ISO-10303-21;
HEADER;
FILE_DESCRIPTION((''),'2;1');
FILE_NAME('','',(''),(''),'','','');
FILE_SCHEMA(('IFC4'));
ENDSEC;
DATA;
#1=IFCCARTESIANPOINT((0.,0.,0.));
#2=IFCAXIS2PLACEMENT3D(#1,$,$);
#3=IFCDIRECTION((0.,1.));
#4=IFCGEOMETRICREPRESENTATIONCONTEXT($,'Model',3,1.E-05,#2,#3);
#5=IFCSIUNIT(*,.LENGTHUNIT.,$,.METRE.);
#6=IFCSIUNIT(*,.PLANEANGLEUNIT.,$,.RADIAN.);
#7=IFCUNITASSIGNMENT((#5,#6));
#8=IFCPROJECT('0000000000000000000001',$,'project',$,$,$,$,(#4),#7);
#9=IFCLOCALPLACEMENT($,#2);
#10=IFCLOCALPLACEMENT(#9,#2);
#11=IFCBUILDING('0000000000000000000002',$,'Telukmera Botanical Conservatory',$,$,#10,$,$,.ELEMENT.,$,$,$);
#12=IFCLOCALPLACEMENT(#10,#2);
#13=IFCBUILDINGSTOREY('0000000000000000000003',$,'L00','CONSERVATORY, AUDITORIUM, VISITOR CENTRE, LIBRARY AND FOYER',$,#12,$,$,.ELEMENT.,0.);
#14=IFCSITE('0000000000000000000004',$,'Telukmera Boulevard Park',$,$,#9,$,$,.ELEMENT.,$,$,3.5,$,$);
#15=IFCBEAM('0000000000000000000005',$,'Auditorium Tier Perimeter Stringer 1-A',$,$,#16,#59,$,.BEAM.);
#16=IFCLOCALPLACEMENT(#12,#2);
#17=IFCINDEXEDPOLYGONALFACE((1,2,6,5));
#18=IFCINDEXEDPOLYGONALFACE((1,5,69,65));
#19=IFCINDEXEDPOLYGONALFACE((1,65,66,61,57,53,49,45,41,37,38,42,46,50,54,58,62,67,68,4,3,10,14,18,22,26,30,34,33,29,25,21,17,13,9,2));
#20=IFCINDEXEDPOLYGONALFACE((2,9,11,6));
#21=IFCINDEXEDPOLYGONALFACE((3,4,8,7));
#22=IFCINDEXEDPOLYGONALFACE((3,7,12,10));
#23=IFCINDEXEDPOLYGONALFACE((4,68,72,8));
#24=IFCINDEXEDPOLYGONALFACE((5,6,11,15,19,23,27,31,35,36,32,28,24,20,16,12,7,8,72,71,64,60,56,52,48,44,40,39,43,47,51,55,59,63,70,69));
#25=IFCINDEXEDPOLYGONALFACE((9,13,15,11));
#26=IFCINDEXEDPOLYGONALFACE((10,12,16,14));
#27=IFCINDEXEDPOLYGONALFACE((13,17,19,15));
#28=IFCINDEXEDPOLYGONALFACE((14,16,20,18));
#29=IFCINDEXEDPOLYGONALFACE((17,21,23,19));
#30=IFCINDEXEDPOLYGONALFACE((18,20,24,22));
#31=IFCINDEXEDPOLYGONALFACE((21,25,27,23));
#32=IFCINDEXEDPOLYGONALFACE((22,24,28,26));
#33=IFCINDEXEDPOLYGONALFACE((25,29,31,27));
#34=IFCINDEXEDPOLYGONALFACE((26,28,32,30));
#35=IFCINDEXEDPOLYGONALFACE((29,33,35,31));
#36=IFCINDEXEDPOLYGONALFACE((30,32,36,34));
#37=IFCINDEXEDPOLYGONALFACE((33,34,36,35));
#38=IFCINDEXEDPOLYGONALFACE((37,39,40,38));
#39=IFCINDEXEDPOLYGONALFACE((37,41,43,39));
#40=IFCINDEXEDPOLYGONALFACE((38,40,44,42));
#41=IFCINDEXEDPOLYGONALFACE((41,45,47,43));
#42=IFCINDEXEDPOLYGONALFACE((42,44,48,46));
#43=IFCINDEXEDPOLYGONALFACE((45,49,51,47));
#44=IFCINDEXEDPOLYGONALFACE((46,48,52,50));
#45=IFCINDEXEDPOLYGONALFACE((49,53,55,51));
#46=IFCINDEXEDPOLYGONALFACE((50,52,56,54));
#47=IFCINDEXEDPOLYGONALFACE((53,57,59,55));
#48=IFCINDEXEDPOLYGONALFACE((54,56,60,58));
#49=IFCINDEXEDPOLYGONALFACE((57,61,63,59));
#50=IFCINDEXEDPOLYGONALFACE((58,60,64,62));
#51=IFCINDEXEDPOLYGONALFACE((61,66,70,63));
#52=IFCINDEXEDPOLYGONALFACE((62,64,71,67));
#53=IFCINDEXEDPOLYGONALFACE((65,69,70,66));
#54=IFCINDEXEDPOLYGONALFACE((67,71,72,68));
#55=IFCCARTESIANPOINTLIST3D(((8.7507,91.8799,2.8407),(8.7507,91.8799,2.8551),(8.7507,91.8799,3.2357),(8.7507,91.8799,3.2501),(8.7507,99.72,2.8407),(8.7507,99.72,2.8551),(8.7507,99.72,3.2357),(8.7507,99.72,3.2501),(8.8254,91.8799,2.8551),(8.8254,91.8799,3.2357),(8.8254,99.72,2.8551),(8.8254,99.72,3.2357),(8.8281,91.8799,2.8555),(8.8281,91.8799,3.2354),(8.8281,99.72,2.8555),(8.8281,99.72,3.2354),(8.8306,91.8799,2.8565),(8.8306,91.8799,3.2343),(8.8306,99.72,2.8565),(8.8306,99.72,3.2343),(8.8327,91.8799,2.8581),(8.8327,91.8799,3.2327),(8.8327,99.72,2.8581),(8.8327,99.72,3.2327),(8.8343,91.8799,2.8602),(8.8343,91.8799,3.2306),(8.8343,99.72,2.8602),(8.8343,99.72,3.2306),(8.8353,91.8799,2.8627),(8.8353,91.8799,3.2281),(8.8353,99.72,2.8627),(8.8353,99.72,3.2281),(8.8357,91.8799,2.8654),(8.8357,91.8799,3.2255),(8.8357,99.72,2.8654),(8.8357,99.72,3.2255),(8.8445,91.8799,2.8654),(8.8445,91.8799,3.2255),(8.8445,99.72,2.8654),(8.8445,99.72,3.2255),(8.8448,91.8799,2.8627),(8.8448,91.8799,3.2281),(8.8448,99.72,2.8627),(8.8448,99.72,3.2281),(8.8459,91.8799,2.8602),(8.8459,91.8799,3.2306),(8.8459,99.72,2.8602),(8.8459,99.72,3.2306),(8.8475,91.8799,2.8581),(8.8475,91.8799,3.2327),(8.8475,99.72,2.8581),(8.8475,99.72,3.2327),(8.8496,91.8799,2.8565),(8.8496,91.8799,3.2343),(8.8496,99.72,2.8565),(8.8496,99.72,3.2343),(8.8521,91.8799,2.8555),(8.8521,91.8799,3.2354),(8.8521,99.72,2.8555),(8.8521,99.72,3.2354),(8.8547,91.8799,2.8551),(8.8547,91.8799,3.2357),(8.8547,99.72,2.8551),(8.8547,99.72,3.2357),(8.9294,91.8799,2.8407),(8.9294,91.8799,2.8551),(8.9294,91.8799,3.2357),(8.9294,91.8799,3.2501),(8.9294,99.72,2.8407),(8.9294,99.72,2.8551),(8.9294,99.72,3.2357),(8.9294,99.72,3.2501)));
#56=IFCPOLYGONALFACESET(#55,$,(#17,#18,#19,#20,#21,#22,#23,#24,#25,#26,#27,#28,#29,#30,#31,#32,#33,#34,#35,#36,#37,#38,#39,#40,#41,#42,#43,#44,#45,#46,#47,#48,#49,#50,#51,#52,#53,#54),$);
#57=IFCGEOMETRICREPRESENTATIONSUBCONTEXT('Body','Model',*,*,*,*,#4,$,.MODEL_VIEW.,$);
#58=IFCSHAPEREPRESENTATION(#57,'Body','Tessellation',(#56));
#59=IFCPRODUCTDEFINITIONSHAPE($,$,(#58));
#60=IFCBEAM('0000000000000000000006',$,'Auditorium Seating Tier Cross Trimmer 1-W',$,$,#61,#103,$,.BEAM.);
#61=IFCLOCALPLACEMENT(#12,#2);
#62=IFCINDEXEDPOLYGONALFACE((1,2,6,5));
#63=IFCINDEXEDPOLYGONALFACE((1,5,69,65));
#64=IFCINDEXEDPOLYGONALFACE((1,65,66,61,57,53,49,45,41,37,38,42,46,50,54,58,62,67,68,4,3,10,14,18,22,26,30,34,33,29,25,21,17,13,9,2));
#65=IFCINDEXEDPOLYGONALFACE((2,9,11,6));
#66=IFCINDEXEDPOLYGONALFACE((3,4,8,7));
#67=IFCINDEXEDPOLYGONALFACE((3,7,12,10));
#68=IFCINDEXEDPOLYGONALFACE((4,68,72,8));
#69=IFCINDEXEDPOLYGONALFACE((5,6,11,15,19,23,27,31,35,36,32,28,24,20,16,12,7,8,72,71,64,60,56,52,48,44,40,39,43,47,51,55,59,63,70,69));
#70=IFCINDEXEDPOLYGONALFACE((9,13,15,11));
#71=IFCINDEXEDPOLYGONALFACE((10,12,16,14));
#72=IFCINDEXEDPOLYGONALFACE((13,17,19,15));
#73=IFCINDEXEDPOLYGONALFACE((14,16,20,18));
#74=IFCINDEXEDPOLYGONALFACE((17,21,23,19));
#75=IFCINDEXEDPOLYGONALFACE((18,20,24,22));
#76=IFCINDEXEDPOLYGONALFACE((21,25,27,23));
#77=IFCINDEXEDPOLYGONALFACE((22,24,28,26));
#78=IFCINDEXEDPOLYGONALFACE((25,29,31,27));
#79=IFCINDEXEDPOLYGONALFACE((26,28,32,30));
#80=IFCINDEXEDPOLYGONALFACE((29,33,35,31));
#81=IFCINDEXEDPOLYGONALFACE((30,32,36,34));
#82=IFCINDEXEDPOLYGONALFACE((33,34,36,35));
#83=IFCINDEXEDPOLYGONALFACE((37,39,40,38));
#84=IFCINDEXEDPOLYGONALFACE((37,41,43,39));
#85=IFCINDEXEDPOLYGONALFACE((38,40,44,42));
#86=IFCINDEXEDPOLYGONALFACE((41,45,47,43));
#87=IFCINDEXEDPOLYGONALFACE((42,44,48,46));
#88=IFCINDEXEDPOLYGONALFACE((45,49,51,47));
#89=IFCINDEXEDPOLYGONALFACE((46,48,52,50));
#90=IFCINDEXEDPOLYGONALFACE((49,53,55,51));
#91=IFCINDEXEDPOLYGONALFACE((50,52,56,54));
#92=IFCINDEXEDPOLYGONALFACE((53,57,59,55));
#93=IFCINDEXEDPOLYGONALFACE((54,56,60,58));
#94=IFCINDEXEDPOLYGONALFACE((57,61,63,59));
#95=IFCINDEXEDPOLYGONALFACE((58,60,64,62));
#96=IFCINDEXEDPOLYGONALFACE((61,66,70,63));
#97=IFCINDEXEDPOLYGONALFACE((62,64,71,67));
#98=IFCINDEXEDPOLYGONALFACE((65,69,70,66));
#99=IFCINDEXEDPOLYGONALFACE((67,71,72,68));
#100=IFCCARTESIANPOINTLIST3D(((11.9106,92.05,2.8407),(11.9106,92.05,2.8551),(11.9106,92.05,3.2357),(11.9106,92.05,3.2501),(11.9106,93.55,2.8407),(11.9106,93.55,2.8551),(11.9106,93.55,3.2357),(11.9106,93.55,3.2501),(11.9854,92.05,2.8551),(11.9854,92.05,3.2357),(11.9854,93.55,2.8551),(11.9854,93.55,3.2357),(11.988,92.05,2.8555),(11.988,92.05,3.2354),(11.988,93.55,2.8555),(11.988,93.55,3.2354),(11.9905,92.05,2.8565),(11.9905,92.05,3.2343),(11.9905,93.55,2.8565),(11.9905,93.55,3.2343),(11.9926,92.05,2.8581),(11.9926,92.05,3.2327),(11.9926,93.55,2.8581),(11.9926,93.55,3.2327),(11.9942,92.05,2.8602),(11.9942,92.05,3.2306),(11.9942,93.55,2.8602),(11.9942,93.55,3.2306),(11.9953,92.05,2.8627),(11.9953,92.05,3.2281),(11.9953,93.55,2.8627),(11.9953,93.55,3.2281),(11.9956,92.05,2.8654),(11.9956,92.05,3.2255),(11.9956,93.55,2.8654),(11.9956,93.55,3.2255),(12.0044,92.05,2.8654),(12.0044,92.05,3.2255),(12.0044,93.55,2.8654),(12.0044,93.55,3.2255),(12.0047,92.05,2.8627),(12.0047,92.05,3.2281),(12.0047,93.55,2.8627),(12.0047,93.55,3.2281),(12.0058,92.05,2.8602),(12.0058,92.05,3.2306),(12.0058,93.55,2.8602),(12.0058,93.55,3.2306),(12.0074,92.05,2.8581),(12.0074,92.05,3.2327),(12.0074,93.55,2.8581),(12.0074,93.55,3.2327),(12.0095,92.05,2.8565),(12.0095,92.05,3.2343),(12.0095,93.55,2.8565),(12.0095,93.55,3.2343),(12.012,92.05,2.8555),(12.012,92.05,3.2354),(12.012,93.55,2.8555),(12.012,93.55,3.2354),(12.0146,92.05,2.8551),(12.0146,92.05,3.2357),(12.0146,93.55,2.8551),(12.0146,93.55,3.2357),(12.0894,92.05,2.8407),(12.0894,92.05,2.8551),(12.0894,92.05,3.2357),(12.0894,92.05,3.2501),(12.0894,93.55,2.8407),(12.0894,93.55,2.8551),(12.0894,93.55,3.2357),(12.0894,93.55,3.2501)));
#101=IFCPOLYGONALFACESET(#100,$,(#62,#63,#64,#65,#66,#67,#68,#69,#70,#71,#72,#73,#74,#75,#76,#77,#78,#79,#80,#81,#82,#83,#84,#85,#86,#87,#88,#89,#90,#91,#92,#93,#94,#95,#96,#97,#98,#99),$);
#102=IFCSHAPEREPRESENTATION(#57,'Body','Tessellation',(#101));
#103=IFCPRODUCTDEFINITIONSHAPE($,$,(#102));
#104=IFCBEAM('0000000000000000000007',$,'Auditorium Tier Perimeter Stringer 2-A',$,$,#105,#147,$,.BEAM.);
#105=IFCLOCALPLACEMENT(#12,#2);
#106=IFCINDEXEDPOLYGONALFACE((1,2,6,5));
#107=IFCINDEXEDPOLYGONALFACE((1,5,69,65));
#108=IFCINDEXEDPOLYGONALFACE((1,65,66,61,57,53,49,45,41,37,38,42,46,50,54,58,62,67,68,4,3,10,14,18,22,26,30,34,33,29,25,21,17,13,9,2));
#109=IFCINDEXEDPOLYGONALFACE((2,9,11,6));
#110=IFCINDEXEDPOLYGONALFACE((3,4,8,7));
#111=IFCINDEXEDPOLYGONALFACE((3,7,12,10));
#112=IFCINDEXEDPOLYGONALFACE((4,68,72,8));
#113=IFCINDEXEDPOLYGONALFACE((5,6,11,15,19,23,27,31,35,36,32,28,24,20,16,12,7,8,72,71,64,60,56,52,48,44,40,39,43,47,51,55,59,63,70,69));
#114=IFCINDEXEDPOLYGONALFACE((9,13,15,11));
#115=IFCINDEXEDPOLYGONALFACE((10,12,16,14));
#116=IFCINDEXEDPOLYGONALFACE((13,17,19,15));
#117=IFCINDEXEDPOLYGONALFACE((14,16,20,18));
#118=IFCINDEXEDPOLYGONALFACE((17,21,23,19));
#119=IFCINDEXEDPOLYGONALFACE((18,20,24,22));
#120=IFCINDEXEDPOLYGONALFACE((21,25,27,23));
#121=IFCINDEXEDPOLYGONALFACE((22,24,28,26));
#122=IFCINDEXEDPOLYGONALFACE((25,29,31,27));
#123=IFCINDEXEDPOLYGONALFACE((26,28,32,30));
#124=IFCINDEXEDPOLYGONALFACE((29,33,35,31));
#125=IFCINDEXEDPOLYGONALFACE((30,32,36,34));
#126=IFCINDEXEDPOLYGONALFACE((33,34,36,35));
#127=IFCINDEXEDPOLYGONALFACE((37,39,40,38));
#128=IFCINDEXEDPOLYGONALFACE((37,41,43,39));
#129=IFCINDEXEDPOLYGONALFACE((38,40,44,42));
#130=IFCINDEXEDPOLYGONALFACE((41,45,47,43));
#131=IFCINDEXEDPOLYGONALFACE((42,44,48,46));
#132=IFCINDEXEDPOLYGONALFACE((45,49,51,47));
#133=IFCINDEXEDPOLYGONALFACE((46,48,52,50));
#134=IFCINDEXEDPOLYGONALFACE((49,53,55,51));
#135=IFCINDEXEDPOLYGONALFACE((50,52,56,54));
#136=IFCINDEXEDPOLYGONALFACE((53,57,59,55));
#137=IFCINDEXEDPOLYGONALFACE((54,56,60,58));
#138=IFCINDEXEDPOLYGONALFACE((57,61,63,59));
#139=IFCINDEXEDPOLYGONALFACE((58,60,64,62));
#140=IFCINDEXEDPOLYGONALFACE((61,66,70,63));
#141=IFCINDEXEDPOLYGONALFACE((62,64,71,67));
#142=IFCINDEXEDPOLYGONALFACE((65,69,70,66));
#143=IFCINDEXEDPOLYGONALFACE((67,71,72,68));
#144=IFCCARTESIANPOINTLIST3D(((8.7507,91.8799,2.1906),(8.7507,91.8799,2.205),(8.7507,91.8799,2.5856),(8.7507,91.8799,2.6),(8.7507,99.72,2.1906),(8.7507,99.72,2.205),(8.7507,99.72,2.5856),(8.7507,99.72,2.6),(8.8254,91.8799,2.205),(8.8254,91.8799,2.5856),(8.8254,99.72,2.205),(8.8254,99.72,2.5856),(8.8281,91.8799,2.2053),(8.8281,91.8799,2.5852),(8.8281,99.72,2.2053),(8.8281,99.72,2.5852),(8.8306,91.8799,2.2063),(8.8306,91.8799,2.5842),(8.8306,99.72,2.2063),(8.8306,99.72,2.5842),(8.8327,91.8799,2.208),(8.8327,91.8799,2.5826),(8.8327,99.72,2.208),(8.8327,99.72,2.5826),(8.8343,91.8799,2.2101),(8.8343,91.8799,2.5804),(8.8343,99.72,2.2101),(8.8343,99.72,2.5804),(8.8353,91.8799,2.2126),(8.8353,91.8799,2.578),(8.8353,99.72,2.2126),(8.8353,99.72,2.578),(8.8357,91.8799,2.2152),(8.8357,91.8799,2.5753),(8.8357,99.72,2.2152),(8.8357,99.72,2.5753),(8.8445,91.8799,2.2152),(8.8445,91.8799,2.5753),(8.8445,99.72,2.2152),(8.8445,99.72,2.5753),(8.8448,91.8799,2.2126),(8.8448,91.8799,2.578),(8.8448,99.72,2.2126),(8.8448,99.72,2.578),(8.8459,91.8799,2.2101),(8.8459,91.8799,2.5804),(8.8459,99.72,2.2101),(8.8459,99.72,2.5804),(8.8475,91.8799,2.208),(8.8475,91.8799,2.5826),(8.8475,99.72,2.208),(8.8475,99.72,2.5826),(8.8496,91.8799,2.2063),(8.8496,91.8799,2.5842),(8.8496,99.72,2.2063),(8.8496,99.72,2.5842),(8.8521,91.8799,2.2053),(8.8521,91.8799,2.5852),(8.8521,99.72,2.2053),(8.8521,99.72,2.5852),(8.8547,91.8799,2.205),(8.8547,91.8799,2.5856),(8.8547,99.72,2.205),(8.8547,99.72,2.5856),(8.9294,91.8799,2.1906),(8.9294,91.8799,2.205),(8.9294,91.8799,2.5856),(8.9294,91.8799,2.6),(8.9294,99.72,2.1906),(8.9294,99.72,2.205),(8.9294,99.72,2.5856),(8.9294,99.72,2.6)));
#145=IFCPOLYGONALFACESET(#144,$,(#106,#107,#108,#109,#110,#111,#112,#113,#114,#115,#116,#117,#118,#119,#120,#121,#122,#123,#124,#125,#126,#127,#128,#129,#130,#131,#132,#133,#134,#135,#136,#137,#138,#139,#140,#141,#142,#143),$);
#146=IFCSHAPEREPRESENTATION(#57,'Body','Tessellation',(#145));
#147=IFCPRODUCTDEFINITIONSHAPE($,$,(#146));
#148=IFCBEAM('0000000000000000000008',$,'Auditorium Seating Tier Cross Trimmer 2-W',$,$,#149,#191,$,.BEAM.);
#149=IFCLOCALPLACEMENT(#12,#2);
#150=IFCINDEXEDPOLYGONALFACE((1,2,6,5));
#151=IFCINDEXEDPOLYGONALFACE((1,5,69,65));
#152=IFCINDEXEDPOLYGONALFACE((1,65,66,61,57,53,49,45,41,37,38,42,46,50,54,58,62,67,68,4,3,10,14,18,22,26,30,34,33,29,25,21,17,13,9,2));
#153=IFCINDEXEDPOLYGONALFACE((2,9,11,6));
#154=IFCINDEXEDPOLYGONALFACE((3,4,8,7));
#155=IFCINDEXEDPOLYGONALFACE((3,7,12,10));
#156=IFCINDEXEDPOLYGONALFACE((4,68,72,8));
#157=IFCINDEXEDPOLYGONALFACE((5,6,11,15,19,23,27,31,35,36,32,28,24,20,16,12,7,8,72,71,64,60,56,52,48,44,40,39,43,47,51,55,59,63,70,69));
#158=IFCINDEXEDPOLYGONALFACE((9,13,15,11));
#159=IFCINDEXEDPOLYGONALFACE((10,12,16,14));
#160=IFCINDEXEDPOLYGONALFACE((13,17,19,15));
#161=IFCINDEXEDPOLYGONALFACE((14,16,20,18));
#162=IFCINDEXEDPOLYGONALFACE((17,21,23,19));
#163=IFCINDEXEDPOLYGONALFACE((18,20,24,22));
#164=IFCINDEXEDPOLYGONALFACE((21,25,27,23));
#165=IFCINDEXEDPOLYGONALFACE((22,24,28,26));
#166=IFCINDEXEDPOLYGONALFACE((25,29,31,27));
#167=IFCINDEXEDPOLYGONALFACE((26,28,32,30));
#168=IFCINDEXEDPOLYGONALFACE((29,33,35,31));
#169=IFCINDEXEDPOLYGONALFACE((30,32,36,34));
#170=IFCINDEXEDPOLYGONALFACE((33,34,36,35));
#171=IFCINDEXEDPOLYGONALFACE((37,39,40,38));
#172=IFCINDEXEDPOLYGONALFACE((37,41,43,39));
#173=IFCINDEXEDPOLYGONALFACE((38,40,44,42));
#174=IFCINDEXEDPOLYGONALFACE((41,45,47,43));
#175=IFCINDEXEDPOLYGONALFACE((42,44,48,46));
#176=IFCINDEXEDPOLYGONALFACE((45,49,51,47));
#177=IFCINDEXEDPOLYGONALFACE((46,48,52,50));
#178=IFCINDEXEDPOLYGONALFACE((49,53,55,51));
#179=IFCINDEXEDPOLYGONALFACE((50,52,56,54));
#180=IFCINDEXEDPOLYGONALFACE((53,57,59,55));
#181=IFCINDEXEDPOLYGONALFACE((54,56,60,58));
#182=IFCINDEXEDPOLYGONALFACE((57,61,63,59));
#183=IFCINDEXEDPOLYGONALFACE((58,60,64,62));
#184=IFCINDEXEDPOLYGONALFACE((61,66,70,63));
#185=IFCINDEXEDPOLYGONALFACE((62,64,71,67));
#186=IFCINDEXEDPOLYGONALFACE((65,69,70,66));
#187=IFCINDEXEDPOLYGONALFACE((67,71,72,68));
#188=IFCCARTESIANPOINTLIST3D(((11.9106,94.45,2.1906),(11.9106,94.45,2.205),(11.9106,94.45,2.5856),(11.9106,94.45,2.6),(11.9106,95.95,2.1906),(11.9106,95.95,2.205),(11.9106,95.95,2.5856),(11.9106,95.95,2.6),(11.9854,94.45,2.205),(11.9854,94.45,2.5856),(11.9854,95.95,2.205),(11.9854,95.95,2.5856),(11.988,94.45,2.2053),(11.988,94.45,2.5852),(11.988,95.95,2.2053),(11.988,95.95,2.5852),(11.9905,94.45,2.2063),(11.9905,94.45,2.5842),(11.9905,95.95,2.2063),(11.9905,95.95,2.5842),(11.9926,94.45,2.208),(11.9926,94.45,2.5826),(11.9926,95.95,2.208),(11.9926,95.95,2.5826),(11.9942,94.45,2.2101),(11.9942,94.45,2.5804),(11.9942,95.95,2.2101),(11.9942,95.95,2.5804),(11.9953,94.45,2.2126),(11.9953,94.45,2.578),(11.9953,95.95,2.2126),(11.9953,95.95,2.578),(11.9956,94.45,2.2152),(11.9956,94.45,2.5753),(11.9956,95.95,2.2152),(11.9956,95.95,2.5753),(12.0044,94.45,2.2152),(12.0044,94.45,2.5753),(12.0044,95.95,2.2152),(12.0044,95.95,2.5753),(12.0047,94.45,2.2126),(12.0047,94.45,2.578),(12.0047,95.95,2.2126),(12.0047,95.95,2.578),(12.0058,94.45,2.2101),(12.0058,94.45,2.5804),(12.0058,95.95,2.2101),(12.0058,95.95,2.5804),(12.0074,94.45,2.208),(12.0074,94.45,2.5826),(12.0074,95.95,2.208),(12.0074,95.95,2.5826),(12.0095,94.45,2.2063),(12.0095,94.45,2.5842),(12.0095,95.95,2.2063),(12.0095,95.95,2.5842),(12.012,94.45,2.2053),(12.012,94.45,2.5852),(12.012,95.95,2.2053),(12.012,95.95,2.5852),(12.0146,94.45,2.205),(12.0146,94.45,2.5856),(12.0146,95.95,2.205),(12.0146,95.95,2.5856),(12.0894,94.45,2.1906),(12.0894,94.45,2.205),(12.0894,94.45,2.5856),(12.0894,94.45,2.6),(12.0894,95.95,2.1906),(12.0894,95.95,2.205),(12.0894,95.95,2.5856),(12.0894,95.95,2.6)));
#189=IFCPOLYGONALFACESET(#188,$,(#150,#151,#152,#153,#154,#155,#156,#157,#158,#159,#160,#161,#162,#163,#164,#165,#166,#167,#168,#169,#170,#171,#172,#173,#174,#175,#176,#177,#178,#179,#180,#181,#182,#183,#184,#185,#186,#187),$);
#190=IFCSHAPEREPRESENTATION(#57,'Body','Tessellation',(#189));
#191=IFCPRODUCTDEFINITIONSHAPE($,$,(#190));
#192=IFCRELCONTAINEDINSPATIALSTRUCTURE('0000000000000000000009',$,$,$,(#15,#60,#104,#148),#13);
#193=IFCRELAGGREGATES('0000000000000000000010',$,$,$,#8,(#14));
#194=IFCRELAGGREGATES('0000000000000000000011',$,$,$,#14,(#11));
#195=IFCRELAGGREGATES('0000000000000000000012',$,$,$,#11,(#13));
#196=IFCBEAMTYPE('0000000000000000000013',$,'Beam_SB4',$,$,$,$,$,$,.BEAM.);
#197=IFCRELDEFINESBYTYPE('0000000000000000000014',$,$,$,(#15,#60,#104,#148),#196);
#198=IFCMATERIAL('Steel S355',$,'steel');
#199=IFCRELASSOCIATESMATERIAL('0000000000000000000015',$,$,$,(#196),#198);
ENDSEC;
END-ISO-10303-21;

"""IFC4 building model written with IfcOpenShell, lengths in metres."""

from ifc_helpers import new_model, si_unit, direction, frame, origin, origin_2d, place, context, subcontext, project, spatial, i_section, extrude, material, material_profile, profile_set, type_object, element, save


model = new_model("IFC4")

# Units and contexts
model_context = context("Model", 3, precision=1e-05, world=origin(), true_north=direction((0.0, 1.0)))
body_context = subcontext(model_context, "Body", "Model", "MODEL_VIEW")
ifc_project = project(units=[si_unit("LENGTHUNIT", "METRE"), si_unit("PLANEANGLEUNIT", "RADIAN")], contexts=[model_context])

# Site, building, storey
site_placement = place(None, origin())
site = spatial("IfcSite", under=ifc_project, at=site_placement, Name="Telukmera Boulevard Park", CompositionType="ELEMENT", RefElevation=3.5)
building_placement = place(site_placement, origin())
building = spatial("IfcBuilding", under=site, at=building_placement, Name="Telukmera Botanical Conservatory", CompositionType="ELEMENT")
storey_placement = place(building_placement, origin())
storey = spatial("IfcBuildingStorey", under=building, at=storey_placement, Name="L00", Description="CONSERVATORY, AUDITORIUM, VISITOR CENTRE, LIBRARY AND FOYER", CompositionType="ELEMENT", Elevation=0.0)

# Beams
ifc_material_1 = material(Name="Steel S355", Category="steel")
ifc_material_profile_1 = material_profile(ifc_material_1, i_section(OverallWidth=0.1787, OverallDepth=0.4094, WebThickness=0.0088, FlangeThickness=0.0144, FilletRadius=0.0103, at=origin_2d()), Name="UB 406x178x67")
ifc_profile_set_1 = profile_set([ifc_material_profile_1], Name="Steel S355")
beam_type_1 = type_object("IfcBeamType", Name="Beam_SB4", PredefinedType="BEAM", material=ifc_profile_set_1)
beam_1_placement = place(storey_placement, frame((8.8401, 91.8799, 3.0454), z_axis=(0.0, 1.0, 0.0), x_axis=(-1.0, 0.0, 0.0)))
element("IfcBeam", 1, at=beam_1_placement, inside=storey, type_object=beam_type_1, Name="Auditorium Tier Perimeter Stringer 1-A", PredefinedType="BEAM", context=body_context, shape_type="SweptSolid", body=[
    extrude(i_section(OverallWidth=0.1787, OverallDepth=0.4094, WebThickness=0.0088, FlangeThickness=0.0144, FilletRadius=0.0103, at=origin_2d()), origin(), (0.0, 0.0, 1.0), 7.8401),
])
beam_2_placement = place(storey_placement, frame((12.0, 92.05, 3.0454), z_axis=(0.0, 1.0, 0.0), x_axis=(-1.0, 0.0, 0.0)))
element("IfcBeam", 2, at=beam_2_placement, inside=storey, type_object=beam_type_1, Name="Auditorium Seating Tier Cross Trimmer 1-W", PredefinedType="BEAM", context=body_context, shape_type="SweptSolid", body=[
    extrude(i_section(OverallWidth=0.1787, OverallDepth=0.4094, WebThickness=0.0088, FlangeThickness=0.0144, FilletRadius=0.0103, at=origin_2d()), origin(), (0.0, 0.0, 1.0), 1.5),
])
beam_3_placement = place(storey_placement, frame((8.8401, 91.8799, 2.3953), z_axis=(0.0, 1.0, 0.0), x_axis=(-1.0, 0.0, 0.0)))
element("IfcBeam", 3, at=beam_3_placement, inside=storey, type_object=beam_type_1, Name="Auditorium Tier Perimeter Stringer 2-A", PredefinedType="BEAM", context=body_context, shape_type="SweptSolid", body=[
    extrude(i_section(OverallWidth=0.1787, OverallDepth=0.4094, WebThickness=0.0088, FlangeThickness=0.0144, FilletRadius=0.0103, at=origin_2d()), origin(), (0.0, 0.0, 1.0), 7.8401),
])
beam_4_placement = place(storey_placement, frame((12.0, 94.45, 2.3953), z_axis=(0.0, 1.0, 0.0), x_axis=(-1.0, 0.0, 0.0)))
element("IfcBeam", 4, at=beam_4_placement, inside=storey, type_object=beam_type_1, Name="Auditorium Seating Tier Cross Trimmer 2-W", PredefinedType="BEAM", context=body_context, shape_type="SweptSolid", body=[
    extrude(i_section(OverallWidth=0.1787, OverallDepth=0.4094, WebThickness=0.0088, FlangeThickness=0.0144, FilletRadius=0.0103, at=origin_2d()), origin(), (0.0, 0.0, 1.0), 1.5),
])

save(model, "model.ifc")
